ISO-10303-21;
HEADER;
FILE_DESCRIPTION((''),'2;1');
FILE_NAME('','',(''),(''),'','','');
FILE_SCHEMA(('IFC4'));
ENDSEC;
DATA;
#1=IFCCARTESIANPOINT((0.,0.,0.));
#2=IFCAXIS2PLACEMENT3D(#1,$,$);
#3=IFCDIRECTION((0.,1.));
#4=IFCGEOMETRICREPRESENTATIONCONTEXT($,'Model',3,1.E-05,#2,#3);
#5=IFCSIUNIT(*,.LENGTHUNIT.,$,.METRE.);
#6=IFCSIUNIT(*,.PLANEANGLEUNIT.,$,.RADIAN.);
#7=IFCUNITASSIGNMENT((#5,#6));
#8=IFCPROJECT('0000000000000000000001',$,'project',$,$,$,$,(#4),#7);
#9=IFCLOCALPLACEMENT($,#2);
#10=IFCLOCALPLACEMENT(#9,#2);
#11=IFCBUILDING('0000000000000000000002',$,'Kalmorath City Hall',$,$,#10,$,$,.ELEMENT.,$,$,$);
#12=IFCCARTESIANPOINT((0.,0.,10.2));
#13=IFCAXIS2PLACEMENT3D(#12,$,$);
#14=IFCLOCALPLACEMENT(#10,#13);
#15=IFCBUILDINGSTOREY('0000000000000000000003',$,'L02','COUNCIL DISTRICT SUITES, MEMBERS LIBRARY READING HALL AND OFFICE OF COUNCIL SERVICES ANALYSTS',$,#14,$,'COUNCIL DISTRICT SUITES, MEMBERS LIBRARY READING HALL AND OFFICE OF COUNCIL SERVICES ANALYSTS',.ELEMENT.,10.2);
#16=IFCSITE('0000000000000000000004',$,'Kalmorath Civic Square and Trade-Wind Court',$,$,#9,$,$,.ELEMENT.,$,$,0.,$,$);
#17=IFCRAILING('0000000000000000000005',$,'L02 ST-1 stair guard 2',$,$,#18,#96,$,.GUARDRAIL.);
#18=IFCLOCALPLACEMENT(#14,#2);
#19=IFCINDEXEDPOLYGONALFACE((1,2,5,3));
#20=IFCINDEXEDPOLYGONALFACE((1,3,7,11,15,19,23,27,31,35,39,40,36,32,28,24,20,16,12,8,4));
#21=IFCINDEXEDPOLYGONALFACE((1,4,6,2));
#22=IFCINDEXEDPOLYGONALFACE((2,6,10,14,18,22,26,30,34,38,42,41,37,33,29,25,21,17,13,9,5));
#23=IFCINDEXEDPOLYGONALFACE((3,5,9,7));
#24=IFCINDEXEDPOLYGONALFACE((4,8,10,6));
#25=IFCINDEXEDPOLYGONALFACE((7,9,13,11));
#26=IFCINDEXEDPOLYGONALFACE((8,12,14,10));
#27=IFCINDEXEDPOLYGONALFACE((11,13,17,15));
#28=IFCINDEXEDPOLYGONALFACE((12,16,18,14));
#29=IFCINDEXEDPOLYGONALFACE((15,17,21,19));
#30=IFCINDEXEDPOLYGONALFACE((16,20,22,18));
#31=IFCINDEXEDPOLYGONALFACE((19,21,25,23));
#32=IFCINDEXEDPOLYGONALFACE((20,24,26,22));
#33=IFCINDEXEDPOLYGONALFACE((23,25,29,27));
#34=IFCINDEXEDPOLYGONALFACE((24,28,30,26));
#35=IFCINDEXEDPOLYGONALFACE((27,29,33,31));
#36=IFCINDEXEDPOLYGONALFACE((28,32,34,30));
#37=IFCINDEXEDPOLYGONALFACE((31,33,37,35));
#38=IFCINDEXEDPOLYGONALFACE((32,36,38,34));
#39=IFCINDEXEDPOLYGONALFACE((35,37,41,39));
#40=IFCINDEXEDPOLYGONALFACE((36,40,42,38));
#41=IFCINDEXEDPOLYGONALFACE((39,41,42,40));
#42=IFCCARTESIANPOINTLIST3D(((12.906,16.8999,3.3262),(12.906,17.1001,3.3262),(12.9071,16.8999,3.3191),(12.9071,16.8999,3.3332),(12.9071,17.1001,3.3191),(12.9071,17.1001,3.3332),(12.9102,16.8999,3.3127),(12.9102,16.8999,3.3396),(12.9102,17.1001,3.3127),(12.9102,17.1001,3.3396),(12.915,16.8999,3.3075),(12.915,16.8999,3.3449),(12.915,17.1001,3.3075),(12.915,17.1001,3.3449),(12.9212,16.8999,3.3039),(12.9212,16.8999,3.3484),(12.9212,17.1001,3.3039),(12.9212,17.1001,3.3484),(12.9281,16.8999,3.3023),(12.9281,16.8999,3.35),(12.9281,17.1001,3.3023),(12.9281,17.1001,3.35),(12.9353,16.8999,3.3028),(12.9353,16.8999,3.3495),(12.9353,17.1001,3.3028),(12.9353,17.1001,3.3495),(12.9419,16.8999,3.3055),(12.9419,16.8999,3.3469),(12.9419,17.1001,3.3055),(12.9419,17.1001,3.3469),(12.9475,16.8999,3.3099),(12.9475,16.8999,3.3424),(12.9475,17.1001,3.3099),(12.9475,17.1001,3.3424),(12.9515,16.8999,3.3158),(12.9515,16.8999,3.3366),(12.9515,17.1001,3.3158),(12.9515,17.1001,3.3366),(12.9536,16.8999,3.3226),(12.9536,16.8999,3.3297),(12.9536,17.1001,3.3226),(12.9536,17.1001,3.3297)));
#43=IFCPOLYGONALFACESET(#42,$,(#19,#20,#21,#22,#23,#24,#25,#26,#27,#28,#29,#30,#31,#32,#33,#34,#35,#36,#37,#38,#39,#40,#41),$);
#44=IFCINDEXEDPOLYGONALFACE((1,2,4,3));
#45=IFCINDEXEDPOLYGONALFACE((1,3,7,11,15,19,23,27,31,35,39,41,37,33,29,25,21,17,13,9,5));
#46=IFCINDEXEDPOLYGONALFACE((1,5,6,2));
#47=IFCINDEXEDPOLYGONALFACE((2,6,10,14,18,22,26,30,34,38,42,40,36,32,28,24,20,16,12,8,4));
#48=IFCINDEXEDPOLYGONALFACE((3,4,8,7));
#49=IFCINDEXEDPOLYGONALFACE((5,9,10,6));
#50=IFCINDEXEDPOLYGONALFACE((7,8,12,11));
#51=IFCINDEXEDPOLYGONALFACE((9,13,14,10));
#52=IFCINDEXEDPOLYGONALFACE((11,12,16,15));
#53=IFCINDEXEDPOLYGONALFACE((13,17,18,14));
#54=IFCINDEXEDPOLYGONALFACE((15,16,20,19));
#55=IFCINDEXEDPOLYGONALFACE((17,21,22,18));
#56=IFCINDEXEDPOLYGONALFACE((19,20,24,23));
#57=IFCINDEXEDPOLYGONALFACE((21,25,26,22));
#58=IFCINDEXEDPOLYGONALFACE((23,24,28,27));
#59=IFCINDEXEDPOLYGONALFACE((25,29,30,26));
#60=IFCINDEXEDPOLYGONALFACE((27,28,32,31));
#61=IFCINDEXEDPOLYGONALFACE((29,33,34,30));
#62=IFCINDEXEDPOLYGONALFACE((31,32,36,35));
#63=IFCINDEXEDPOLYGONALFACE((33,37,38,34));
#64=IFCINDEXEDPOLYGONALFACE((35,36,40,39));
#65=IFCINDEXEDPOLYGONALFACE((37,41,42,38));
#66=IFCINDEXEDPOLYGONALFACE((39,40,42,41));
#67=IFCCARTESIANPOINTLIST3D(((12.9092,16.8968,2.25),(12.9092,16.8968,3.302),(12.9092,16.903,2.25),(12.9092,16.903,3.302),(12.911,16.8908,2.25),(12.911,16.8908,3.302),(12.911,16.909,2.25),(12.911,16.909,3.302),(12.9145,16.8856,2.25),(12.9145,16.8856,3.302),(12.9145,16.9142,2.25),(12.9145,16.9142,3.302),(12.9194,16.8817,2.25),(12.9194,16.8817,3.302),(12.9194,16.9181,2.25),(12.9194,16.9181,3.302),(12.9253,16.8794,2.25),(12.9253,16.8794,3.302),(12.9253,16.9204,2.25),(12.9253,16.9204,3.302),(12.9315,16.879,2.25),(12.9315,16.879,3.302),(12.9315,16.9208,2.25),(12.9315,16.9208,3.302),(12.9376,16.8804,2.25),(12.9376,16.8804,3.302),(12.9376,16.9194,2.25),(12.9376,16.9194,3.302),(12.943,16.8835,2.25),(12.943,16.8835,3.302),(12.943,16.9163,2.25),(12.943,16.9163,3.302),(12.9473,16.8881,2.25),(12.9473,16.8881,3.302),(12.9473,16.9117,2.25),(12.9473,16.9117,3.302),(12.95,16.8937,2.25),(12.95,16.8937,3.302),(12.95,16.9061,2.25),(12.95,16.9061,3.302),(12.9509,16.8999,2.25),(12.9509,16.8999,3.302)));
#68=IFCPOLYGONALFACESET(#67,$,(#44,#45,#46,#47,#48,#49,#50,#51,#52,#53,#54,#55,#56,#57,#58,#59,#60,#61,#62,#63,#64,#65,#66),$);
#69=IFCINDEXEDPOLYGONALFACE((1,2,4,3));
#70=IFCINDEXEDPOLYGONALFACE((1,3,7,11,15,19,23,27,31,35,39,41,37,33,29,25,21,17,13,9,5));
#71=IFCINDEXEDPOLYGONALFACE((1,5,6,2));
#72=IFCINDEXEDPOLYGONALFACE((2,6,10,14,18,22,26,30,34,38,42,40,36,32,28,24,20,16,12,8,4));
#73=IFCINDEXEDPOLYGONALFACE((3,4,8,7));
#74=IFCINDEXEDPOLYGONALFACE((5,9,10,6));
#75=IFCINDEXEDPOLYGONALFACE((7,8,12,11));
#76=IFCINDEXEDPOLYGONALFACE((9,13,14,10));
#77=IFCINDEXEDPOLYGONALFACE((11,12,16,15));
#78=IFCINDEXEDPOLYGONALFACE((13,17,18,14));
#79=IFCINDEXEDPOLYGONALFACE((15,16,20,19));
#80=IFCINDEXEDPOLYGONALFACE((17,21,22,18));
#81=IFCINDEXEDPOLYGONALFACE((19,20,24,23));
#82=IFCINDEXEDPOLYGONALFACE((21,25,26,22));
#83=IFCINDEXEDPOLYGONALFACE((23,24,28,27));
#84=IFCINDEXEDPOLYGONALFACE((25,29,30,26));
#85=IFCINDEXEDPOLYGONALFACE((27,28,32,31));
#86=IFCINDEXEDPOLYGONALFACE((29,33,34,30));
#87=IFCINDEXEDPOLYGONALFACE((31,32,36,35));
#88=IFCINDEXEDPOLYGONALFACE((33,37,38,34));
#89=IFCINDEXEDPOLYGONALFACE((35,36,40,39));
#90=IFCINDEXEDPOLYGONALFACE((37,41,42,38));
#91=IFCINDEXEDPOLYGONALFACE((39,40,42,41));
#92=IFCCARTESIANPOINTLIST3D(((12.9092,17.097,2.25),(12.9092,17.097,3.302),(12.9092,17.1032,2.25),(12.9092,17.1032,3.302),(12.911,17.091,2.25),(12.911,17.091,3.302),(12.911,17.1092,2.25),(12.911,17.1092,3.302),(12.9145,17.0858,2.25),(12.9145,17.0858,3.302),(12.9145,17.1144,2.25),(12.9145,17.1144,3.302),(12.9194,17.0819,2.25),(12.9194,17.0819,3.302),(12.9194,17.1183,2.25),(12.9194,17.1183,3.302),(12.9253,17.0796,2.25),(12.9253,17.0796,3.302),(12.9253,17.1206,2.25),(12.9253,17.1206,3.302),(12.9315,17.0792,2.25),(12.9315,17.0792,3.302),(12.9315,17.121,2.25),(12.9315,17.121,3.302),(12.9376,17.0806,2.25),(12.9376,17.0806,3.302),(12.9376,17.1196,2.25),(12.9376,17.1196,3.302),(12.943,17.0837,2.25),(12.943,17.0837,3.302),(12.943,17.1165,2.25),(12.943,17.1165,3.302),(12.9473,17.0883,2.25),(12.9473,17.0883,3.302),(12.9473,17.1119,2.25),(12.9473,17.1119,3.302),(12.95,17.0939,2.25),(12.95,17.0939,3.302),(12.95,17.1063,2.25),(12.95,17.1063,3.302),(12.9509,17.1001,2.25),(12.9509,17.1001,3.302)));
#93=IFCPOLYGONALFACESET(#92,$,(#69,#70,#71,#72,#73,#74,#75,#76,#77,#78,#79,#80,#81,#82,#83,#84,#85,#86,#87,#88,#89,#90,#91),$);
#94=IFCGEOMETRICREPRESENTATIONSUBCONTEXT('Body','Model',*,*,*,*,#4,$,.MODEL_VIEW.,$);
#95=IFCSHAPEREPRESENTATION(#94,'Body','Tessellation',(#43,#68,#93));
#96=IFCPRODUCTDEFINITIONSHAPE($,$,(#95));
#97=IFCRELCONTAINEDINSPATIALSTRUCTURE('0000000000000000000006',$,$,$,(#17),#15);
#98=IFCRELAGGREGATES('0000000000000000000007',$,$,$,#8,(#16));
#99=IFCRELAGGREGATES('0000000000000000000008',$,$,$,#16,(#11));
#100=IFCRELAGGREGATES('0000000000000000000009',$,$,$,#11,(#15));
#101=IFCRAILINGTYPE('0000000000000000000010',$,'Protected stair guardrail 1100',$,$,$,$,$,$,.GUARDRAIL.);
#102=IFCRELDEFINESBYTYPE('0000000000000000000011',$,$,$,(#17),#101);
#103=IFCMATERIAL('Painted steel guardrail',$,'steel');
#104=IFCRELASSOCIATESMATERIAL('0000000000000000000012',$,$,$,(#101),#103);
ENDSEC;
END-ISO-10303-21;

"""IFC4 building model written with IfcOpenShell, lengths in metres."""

from ifc_helpers import new_model, si_unit, direction, frame, origin, origin_2d, place, context, subcontext, project, spatial, circle, extrude, material, type_object, element, save


model = new_model("IFC4")

# Units and contexts
model_context = context("Model", 3, precision=1e-05, world=origin(), true_north=direction((0.0, 1.0)))
body_context = subcontext(model_context, "Body", "Model", "MODEL_VIEW")
ifc_project = project(units=[si_unit("LENGTHUNIT", "METRE"), si_unit("PLANEANGLEUNIT", "RADIAN")], contexts=[model_context])

# Site, building, storey
site_placement = place(None, origin())
site = spatial("IfcSite", under=ifc_project, at=site_placement, Name="Kalmorath Civic Square and Trade-Wind Court", CompositionType="ELEMENT", RefElevation=0.0)
building_placement = place(site_placement, origin())
building = spatial("IfcBuilding", under=site, at=building_placement, Name="Kalmorath City Hall", CompositionType="ELEMENT")
storey_placement = place(building_placement, frame((0.0, 0.0, 10.2)))
storey = spatial("IfcBuildingStorey", under=building, at=storey_placement, Name="L02", Description="COUNCIL DISTRICT SUITES, MEMBERS LIBRARY READING HALL AND OFFICE OF COUNCIL SERVICES ANALYSTS", LongName="COUNCIL DISTRICT SUITES, MEMBERS LIBRARY READING HALL AND OFFICE OF COUNCIL SERVICES ANALYSTS", CompositionType="ELEMENT", Elevation=10.2)

# Railing
ifc_material_1 = material(Name="Painted steel guardrail", Category="steel")
railing_type_1 = type_object("IfcRailingType", Name="Protected stair guardrail 1100", PredefinedType="GUARDRAIL", material=ifc_material_1)
railing_1_placement = place(storey_placement, frame((12.9299, 16.8999, 2.25)))
element("IfcRailing", 1, at=railing_1_placement, inside=storey, type_object=railing_type_1, Name="L02 ST-1 stair guard 2", PredefinedType="GUARDRAIL", context=body_context, shape_type="SweptSolid", body=[
    extrude(circle(Radius=0.0239, at=origin_2d()), frame((0.0, 0.0, 1.0762), z_axis=(0.0, 1.0, 0.0), x_axis=(-1.0, 0.0, 0.0)), (0.0, 0.0, 1.0), 0.2002),
    extrude(circle(Radius=0.021, at=origin_2d()), origin(), (0.0, 0.0, 1.0), 1.052),
    extrude(circle(Radius=0.021, at=origin_2d()), frame((0.0, 0.2002, 0.0)), (0.0, 0.0, 1.0), 1.052),
])

save(model, "model.ifc")
